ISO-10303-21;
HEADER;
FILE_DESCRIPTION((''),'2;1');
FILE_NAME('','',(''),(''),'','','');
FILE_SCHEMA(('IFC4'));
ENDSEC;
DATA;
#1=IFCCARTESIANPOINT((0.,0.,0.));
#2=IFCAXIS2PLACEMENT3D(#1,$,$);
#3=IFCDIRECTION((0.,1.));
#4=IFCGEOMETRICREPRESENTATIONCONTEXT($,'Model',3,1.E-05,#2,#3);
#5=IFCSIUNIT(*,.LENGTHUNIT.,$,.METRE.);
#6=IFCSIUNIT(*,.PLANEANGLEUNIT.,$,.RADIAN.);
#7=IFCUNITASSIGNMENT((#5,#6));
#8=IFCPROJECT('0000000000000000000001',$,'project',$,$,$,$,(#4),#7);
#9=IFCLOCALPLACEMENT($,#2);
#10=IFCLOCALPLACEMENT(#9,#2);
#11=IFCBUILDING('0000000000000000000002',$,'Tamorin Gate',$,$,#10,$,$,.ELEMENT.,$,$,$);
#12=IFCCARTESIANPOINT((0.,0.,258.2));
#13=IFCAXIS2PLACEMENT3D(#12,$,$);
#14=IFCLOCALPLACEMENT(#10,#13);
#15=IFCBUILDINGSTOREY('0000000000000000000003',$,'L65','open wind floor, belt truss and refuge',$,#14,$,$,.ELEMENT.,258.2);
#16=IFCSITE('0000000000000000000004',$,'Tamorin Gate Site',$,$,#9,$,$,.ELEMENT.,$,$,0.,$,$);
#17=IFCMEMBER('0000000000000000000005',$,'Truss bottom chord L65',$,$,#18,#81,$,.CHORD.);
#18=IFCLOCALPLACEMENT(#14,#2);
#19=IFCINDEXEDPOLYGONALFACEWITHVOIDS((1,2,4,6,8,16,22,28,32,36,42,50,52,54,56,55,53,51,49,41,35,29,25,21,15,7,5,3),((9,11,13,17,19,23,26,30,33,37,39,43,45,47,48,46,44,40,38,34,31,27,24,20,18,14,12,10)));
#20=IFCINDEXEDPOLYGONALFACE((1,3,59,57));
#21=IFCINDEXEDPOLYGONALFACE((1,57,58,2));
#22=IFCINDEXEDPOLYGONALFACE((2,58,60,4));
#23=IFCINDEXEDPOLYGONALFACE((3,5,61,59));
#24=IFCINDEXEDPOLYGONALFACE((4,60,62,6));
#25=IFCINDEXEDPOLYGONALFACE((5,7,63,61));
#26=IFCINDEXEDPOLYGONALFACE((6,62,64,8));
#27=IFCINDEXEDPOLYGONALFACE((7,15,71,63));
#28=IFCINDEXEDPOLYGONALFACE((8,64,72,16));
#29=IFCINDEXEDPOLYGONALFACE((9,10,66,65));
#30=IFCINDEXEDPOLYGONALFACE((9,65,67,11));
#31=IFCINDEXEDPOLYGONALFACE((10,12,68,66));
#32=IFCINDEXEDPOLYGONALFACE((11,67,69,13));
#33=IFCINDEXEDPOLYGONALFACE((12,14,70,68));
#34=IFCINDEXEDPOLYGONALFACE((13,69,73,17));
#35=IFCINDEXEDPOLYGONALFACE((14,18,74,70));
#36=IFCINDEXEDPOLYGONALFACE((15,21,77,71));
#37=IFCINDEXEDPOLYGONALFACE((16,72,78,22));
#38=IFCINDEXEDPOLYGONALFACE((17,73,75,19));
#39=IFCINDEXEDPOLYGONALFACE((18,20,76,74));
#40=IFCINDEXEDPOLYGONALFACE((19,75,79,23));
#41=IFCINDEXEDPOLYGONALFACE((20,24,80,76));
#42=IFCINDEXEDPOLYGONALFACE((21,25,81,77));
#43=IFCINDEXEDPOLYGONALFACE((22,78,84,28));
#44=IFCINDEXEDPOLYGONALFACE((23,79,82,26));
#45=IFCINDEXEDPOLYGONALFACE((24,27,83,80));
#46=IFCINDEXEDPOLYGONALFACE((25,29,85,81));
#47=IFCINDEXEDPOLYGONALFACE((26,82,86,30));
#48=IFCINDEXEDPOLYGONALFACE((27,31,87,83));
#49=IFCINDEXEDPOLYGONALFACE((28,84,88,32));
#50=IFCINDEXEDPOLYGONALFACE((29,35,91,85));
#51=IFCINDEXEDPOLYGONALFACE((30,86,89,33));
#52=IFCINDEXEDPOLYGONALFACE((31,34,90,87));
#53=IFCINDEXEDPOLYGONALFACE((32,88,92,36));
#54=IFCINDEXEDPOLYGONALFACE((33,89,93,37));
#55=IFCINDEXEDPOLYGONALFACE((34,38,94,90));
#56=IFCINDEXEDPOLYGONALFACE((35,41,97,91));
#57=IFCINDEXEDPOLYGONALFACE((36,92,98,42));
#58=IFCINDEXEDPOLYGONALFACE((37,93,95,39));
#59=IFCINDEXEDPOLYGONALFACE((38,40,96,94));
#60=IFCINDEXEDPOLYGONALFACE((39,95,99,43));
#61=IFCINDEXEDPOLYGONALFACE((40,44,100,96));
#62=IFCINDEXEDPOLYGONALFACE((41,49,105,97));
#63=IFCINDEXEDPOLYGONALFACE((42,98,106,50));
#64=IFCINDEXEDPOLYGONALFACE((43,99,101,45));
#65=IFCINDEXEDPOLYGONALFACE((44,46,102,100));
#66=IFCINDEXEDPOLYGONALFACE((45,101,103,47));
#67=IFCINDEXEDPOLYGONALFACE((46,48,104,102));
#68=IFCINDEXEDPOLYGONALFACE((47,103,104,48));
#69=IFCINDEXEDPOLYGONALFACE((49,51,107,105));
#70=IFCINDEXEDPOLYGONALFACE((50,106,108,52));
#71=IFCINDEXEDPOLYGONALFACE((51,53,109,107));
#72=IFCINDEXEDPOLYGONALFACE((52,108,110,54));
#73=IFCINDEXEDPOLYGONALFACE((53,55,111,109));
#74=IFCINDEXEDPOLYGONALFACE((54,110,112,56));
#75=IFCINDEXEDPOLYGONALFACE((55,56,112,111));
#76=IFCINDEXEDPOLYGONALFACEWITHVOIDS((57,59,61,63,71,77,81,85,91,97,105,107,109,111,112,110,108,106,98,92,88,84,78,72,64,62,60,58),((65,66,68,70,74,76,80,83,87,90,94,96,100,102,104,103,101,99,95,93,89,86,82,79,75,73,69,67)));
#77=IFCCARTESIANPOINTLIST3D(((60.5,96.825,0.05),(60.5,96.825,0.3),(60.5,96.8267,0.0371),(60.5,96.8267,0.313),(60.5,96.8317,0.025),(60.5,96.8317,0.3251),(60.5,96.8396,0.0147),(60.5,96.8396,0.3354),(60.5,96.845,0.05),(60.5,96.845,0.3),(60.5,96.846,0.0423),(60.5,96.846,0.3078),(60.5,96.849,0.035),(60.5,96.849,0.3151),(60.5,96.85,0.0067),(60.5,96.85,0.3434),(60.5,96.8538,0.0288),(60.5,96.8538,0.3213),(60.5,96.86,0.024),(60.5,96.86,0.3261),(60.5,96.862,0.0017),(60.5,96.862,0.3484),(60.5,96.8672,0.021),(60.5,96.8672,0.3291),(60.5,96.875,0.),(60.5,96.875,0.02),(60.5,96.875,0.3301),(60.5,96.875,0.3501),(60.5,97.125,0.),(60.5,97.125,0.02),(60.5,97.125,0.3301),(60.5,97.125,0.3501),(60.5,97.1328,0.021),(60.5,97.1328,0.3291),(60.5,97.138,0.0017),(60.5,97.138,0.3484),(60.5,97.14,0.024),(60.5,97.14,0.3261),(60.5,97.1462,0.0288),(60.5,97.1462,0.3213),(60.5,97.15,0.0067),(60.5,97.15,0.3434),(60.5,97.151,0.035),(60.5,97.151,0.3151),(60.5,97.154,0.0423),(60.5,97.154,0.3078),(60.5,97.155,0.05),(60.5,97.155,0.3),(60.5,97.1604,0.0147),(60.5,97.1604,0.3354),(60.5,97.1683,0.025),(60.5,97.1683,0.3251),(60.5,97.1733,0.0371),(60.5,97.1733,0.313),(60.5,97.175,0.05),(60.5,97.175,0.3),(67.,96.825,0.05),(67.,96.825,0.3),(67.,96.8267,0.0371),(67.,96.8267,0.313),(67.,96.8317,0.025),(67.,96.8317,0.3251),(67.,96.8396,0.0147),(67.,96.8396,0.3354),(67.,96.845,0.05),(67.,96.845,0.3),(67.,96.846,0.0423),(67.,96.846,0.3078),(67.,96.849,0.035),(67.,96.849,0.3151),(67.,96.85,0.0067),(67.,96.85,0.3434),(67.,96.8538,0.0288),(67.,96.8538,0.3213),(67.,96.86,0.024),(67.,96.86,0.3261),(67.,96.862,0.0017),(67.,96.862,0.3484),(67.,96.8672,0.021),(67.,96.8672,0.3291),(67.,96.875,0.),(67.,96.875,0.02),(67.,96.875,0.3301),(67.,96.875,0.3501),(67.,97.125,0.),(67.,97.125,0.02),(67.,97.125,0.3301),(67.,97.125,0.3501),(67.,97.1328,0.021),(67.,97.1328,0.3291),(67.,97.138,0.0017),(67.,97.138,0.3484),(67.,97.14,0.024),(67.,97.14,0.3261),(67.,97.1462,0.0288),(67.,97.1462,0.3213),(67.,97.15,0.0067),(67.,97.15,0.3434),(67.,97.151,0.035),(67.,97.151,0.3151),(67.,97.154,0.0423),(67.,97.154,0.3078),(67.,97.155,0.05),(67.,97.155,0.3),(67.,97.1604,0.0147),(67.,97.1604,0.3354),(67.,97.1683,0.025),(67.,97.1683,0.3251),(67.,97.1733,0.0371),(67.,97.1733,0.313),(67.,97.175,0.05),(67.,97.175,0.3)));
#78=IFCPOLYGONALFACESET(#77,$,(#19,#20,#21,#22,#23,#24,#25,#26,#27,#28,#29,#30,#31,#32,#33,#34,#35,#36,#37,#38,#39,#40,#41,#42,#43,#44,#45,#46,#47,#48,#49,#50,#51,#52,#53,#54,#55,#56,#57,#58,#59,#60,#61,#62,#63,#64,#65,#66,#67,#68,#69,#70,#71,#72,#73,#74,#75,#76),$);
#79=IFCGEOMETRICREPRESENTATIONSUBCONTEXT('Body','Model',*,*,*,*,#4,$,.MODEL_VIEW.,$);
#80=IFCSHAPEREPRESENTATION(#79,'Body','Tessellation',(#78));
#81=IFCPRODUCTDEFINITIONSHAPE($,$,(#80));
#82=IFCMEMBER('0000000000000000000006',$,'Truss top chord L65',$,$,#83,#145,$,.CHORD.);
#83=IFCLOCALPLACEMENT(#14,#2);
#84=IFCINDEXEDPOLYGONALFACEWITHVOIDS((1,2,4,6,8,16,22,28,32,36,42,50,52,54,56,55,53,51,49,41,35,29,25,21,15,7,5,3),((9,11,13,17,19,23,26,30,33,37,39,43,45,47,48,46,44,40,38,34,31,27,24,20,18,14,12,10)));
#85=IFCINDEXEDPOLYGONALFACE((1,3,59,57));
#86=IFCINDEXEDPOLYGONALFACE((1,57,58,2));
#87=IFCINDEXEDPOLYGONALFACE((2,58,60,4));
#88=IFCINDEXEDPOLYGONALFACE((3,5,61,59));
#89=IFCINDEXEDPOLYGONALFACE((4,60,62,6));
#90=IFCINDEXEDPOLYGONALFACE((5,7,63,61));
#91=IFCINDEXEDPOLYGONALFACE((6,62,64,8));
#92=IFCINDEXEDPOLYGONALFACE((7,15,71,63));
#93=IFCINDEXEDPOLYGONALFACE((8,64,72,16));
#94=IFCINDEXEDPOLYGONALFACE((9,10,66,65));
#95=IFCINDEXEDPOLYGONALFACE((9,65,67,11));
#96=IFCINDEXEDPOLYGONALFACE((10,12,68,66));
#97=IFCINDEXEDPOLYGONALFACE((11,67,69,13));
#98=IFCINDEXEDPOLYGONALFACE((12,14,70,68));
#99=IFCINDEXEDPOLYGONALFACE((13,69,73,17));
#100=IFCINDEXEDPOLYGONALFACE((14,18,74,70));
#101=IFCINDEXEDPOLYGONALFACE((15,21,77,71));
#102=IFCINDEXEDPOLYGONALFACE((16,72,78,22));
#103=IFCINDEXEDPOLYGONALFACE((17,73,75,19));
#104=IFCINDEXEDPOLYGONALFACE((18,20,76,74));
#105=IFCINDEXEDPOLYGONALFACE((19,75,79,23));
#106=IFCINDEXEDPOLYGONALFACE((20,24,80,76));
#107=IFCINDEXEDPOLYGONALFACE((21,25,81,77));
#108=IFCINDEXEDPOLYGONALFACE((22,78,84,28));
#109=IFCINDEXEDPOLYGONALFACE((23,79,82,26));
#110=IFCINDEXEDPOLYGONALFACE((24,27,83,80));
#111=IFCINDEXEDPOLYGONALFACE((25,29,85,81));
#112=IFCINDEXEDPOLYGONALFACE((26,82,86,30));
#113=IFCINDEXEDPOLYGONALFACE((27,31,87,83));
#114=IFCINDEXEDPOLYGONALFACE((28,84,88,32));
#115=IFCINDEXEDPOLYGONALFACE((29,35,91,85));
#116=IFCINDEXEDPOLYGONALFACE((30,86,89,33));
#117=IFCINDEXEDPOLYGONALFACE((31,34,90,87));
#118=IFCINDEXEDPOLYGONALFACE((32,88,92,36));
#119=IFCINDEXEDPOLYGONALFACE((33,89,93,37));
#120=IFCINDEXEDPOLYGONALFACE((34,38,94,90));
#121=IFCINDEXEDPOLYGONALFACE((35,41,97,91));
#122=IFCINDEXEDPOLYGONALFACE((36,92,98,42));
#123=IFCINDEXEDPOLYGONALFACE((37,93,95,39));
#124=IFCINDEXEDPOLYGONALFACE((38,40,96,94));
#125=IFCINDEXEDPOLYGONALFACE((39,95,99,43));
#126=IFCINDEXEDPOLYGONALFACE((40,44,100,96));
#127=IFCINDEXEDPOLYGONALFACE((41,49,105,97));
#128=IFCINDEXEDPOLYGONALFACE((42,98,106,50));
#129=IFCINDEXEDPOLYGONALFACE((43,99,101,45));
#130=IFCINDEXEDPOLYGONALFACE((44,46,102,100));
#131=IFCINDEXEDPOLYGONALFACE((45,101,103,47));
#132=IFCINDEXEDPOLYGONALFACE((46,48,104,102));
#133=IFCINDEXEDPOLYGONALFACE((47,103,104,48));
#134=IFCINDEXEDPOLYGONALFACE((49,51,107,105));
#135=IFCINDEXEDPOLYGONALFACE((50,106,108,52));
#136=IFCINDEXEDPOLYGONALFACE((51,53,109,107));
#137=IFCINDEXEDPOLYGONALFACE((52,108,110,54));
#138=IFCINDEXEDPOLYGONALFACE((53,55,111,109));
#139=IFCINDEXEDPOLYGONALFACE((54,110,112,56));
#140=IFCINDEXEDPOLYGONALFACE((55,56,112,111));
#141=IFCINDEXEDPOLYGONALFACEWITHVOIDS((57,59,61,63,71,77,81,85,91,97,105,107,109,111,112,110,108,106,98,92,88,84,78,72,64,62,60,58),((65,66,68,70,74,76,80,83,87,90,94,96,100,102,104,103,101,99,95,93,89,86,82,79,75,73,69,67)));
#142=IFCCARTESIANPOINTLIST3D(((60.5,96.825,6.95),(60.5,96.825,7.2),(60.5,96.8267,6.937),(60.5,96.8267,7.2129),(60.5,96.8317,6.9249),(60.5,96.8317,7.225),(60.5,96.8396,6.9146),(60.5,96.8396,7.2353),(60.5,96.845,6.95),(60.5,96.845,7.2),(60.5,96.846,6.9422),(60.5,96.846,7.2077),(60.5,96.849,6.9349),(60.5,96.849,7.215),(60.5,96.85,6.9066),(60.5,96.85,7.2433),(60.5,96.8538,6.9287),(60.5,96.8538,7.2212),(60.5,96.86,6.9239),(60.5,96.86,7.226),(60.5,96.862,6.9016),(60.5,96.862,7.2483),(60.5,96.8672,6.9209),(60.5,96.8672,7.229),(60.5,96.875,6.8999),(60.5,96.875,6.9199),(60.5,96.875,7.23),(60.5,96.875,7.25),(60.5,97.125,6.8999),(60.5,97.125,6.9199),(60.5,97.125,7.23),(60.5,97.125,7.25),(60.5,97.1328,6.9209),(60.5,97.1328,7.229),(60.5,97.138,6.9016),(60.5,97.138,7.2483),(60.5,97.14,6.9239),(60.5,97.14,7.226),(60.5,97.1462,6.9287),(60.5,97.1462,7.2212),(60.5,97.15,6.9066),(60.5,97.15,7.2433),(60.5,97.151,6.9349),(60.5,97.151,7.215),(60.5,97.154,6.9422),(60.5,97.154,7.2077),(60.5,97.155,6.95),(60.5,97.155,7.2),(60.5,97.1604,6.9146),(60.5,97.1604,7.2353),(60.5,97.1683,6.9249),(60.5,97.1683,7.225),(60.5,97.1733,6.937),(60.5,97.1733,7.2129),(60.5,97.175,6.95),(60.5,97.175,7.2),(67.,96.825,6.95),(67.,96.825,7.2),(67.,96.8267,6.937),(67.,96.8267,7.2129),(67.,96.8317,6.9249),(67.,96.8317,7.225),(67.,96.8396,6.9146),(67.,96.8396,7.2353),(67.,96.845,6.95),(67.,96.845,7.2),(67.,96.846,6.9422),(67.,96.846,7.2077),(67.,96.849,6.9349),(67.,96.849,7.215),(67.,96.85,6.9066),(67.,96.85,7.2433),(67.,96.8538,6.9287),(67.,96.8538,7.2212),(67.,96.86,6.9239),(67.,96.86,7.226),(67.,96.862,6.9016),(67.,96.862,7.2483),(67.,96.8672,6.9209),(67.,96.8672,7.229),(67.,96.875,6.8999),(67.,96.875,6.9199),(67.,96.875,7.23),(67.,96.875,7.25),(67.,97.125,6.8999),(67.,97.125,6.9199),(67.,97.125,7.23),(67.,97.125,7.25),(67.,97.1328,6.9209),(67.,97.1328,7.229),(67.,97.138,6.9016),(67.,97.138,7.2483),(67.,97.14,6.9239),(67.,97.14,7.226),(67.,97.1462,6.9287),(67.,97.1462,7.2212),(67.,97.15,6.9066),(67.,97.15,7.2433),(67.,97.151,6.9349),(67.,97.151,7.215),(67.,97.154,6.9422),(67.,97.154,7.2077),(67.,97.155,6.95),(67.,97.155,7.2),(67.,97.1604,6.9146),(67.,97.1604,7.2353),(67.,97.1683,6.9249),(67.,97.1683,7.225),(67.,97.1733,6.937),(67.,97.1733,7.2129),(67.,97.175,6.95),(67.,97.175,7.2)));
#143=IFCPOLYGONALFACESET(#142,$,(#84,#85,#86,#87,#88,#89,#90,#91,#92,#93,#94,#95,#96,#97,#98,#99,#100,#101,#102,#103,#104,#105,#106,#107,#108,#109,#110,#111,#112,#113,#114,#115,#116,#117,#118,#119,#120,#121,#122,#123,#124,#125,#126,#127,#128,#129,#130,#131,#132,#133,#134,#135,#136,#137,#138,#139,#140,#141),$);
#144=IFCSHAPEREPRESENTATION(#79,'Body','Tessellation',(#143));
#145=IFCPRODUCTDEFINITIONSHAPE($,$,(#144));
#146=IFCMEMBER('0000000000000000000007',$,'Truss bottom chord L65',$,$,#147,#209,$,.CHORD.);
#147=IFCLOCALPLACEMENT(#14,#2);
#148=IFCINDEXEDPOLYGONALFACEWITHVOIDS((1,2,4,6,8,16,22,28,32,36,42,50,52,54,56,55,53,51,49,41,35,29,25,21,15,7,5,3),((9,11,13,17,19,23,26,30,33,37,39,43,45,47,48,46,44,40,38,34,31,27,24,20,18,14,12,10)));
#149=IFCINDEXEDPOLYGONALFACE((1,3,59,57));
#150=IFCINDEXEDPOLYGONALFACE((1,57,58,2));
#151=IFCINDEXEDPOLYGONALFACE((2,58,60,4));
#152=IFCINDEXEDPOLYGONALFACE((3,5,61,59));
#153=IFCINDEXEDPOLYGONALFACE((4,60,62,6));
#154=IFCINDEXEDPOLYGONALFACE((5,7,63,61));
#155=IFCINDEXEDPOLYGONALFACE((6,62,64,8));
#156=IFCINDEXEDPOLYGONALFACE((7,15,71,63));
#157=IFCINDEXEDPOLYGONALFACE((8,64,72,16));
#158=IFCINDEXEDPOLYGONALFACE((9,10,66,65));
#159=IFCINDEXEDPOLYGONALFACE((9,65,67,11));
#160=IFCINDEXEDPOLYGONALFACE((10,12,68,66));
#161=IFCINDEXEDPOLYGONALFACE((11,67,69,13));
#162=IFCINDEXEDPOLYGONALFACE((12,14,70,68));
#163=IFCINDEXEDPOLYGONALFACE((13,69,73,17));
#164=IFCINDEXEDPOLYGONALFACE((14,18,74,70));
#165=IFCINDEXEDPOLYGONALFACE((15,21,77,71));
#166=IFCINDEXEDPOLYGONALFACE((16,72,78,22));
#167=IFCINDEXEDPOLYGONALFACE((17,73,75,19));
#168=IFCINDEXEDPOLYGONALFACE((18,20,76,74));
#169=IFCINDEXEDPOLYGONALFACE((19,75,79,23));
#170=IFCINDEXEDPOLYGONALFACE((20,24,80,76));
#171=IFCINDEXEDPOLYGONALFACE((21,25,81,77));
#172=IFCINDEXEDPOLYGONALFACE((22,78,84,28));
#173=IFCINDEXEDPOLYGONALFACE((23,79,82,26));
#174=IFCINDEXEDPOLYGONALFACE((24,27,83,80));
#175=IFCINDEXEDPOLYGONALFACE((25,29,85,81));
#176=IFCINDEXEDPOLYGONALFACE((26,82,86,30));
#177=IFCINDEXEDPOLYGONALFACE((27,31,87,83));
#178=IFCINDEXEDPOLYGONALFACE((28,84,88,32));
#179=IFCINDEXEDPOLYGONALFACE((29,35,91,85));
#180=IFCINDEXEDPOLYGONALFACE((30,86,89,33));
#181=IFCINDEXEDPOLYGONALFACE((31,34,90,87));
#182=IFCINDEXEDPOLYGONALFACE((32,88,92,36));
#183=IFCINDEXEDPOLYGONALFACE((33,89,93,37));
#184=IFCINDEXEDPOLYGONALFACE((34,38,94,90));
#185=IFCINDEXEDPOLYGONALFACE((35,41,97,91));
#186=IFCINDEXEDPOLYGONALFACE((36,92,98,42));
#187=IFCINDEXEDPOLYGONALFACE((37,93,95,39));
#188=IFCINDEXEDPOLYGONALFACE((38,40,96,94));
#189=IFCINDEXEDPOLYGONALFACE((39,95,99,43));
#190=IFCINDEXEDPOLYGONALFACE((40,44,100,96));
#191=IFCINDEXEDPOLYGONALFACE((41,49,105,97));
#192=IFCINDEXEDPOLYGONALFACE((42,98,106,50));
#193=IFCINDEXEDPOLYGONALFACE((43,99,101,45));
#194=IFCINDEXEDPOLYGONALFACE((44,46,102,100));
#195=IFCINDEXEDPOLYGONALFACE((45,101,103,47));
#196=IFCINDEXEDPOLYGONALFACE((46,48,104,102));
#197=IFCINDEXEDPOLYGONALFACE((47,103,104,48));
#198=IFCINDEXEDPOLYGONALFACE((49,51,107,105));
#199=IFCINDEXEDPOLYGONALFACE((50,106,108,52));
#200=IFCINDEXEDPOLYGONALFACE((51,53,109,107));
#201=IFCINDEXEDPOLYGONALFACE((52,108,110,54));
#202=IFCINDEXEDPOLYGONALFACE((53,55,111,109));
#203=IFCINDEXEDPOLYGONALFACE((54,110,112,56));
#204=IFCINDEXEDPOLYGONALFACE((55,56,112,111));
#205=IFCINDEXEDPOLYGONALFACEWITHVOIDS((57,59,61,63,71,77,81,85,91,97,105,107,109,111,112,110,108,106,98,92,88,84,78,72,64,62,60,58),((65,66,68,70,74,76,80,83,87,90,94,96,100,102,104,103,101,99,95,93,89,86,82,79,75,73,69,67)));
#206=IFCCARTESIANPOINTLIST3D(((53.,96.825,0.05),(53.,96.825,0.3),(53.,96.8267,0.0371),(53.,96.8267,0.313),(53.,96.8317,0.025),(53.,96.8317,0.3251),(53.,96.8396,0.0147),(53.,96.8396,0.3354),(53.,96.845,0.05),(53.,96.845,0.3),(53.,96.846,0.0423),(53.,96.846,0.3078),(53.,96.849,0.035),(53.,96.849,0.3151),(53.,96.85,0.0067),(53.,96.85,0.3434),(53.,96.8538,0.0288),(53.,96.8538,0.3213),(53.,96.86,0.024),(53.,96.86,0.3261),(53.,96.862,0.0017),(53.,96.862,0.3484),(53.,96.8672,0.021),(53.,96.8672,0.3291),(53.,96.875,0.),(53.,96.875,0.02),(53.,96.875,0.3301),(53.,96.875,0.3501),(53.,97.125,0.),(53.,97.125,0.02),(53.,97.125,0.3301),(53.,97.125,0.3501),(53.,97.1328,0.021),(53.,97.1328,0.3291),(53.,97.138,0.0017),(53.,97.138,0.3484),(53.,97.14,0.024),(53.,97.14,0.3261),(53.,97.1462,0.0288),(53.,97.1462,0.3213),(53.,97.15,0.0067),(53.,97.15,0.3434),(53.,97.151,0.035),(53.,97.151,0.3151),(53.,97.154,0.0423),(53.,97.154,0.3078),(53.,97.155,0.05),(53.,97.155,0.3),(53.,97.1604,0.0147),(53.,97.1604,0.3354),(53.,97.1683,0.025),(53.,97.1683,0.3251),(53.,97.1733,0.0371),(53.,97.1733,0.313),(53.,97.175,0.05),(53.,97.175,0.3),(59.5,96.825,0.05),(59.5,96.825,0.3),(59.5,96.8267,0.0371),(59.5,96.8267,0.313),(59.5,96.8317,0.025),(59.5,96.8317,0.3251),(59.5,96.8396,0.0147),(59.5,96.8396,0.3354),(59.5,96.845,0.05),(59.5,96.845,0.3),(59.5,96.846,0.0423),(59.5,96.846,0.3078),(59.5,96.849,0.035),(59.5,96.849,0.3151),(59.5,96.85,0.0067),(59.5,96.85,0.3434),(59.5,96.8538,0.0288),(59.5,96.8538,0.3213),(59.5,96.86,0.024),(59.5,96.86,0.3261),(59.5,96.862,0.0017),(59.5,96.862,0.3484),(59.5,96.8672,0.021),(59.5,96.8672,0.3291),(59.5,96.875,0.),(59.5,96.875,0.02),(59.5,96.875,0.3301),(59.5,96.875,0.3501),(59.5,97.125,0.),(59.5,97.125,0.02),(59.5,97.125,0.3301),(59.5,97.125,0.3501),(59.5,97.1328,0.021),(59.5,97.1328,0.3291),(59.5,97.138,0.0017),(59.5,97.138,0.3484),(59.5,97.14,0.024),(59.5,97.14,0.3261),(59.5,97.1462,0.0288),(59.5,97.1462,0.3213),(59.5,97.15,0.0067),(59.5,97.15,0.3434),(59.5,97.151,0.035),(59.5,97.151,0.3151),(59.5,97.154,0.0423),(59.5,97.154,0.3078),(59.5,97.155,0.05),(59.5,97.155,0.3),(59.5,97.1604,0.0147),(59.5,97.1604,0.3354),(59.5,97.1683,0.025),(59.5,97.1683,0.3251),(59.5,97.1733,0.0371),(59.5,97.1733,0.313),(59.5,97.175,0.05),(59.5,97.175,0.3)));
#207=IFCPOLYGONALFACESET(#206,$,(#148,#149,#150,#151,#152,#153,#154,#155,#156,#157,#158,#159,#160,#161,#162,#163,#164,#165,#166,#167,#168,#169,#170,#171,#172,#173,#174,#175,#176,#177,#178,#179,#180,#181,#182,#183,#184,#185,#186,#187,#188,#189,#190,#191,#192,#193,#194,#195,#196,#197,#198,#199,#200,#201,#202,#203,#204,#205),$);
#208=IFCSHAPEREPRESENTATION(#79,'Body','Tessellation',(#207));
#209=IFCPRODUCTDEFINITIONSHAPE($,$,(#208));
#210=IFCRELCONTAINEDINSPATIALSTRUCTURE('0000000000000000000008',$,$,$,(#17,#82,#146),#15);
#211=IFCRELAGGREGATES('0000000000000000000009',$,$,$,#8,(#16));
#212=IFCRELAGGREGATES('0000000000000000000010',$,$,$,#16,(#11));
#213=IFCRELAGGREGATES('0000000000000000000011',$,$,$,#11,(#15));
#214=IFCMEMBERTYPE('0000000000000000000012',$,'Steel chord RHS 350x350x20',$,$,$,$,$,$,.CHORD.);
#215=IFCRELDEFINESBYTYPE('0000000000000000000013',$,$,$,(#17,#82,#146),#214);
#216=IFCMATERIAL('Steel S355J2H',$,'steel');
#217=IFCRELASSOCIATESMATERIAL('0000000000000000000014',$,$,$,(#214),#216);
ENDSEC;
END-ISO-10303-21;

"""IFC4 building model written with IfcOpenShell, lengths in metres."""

from ifc_helpers import new_model, si_unit, direction, frame, origin, origin_2d, place, context, subcontext, project, spatial, hollow_rectangle, extrude, material, material_profile, profile_set, type_object, element, save


model = new_model("IFC4")

# Units and contexts
model_context = context("Model", 3, precision=1e-05, world=origin(), true_north=direction((0.0, 1.0)))
body_context = subcontext(model_context, "Body", "Model", "MODEL_VIEW")
ifc_project = project(units=[si_unit("LENGTHUNIT", "METRE"), si_unit("PLANEANGLEUNIT", "RADIAN")], contexts=[model_context])

# Site, building, storey
site_placement = place(None, origin())
site = spatial("IfcSite", under=ifc_project, at=site_placement, Name="Tamorin Gate Site", CompositionType="ELEMENT", RefElevation=0.0)
building_placement = place(site_placement, origin())
building = spatial("IfcBuilding", under=site, at=building_placement, Name="Tamorin Gate", CompositionType="ELEMENT")
storey_placement = place(building_placement, frame((0.0, 0.0, 258.2)))
storey = spatial("IfcBuildingStorey", under=building, at=storey_placement, Name="L65", Description="open wind floor, belt truss and refuge", CompositionType="ELEMENT", Elevation=258.2)

# Members
ifc_material_1 = material(Name="Steel S355J2H", Category="steel")
ifc_material_profile_1 = material_profile(ifc_material_1, hollow_rectangle(XDim=0.3501, YDim=0.3501, WallThickness=0.02, InnerFilletRadius=0.03, OuterFilletRadius=0.05, at=origin_2d()), Name="RHS 350x350x20")
ifc_profile_set_1 = profile_set([ifc_material_profile_1], Name="Steel S355J2H")
member_type_1 = type_object("IfcMemberType", Name="Steel chord RHS 350x350x20", PredefinedType="CHORD", material=ifc_profile_set_1)
for number, where, z_axis, x_axis, name in (
    (1, (67.0, 97.0, 0.175), (-1.0, 0.0, 0.0), (0.0, -1.0, 0.0), "Truss bottom chord L65"),
    (2, (67.0, 97.0, 7.075), (-1.0, 0.0, 0.0), (0.0, -1.0, 0.0), "Truss top chord L65"),
    (3, (59.5, 97.0, 0.175), (-1.0, 0.0, 0.0), (0.0, -1.0, 0.0), "Truss bottom chord L65"),
):
    element("IfcMember", number, at=place(storey_placement, frame(where, z_axis=z_axis, x_axis=x_axis)), inside=storey, type_object=member_type_1, Name=name, PredefinedType="CHORD", context=body_context, shape_type="SweptSolid", body=[
        extrude(hollow_rectangle(XDim=0.3501, YDim=0.3501, WallThickness=0.02, InnerFilletRadius=0.03, OuterFilletRadius=0.05, at=origin_2d()), origin(), (0.0, 0.0, 1.0), 6.5),
    ])

save(model, "model.ifc")
